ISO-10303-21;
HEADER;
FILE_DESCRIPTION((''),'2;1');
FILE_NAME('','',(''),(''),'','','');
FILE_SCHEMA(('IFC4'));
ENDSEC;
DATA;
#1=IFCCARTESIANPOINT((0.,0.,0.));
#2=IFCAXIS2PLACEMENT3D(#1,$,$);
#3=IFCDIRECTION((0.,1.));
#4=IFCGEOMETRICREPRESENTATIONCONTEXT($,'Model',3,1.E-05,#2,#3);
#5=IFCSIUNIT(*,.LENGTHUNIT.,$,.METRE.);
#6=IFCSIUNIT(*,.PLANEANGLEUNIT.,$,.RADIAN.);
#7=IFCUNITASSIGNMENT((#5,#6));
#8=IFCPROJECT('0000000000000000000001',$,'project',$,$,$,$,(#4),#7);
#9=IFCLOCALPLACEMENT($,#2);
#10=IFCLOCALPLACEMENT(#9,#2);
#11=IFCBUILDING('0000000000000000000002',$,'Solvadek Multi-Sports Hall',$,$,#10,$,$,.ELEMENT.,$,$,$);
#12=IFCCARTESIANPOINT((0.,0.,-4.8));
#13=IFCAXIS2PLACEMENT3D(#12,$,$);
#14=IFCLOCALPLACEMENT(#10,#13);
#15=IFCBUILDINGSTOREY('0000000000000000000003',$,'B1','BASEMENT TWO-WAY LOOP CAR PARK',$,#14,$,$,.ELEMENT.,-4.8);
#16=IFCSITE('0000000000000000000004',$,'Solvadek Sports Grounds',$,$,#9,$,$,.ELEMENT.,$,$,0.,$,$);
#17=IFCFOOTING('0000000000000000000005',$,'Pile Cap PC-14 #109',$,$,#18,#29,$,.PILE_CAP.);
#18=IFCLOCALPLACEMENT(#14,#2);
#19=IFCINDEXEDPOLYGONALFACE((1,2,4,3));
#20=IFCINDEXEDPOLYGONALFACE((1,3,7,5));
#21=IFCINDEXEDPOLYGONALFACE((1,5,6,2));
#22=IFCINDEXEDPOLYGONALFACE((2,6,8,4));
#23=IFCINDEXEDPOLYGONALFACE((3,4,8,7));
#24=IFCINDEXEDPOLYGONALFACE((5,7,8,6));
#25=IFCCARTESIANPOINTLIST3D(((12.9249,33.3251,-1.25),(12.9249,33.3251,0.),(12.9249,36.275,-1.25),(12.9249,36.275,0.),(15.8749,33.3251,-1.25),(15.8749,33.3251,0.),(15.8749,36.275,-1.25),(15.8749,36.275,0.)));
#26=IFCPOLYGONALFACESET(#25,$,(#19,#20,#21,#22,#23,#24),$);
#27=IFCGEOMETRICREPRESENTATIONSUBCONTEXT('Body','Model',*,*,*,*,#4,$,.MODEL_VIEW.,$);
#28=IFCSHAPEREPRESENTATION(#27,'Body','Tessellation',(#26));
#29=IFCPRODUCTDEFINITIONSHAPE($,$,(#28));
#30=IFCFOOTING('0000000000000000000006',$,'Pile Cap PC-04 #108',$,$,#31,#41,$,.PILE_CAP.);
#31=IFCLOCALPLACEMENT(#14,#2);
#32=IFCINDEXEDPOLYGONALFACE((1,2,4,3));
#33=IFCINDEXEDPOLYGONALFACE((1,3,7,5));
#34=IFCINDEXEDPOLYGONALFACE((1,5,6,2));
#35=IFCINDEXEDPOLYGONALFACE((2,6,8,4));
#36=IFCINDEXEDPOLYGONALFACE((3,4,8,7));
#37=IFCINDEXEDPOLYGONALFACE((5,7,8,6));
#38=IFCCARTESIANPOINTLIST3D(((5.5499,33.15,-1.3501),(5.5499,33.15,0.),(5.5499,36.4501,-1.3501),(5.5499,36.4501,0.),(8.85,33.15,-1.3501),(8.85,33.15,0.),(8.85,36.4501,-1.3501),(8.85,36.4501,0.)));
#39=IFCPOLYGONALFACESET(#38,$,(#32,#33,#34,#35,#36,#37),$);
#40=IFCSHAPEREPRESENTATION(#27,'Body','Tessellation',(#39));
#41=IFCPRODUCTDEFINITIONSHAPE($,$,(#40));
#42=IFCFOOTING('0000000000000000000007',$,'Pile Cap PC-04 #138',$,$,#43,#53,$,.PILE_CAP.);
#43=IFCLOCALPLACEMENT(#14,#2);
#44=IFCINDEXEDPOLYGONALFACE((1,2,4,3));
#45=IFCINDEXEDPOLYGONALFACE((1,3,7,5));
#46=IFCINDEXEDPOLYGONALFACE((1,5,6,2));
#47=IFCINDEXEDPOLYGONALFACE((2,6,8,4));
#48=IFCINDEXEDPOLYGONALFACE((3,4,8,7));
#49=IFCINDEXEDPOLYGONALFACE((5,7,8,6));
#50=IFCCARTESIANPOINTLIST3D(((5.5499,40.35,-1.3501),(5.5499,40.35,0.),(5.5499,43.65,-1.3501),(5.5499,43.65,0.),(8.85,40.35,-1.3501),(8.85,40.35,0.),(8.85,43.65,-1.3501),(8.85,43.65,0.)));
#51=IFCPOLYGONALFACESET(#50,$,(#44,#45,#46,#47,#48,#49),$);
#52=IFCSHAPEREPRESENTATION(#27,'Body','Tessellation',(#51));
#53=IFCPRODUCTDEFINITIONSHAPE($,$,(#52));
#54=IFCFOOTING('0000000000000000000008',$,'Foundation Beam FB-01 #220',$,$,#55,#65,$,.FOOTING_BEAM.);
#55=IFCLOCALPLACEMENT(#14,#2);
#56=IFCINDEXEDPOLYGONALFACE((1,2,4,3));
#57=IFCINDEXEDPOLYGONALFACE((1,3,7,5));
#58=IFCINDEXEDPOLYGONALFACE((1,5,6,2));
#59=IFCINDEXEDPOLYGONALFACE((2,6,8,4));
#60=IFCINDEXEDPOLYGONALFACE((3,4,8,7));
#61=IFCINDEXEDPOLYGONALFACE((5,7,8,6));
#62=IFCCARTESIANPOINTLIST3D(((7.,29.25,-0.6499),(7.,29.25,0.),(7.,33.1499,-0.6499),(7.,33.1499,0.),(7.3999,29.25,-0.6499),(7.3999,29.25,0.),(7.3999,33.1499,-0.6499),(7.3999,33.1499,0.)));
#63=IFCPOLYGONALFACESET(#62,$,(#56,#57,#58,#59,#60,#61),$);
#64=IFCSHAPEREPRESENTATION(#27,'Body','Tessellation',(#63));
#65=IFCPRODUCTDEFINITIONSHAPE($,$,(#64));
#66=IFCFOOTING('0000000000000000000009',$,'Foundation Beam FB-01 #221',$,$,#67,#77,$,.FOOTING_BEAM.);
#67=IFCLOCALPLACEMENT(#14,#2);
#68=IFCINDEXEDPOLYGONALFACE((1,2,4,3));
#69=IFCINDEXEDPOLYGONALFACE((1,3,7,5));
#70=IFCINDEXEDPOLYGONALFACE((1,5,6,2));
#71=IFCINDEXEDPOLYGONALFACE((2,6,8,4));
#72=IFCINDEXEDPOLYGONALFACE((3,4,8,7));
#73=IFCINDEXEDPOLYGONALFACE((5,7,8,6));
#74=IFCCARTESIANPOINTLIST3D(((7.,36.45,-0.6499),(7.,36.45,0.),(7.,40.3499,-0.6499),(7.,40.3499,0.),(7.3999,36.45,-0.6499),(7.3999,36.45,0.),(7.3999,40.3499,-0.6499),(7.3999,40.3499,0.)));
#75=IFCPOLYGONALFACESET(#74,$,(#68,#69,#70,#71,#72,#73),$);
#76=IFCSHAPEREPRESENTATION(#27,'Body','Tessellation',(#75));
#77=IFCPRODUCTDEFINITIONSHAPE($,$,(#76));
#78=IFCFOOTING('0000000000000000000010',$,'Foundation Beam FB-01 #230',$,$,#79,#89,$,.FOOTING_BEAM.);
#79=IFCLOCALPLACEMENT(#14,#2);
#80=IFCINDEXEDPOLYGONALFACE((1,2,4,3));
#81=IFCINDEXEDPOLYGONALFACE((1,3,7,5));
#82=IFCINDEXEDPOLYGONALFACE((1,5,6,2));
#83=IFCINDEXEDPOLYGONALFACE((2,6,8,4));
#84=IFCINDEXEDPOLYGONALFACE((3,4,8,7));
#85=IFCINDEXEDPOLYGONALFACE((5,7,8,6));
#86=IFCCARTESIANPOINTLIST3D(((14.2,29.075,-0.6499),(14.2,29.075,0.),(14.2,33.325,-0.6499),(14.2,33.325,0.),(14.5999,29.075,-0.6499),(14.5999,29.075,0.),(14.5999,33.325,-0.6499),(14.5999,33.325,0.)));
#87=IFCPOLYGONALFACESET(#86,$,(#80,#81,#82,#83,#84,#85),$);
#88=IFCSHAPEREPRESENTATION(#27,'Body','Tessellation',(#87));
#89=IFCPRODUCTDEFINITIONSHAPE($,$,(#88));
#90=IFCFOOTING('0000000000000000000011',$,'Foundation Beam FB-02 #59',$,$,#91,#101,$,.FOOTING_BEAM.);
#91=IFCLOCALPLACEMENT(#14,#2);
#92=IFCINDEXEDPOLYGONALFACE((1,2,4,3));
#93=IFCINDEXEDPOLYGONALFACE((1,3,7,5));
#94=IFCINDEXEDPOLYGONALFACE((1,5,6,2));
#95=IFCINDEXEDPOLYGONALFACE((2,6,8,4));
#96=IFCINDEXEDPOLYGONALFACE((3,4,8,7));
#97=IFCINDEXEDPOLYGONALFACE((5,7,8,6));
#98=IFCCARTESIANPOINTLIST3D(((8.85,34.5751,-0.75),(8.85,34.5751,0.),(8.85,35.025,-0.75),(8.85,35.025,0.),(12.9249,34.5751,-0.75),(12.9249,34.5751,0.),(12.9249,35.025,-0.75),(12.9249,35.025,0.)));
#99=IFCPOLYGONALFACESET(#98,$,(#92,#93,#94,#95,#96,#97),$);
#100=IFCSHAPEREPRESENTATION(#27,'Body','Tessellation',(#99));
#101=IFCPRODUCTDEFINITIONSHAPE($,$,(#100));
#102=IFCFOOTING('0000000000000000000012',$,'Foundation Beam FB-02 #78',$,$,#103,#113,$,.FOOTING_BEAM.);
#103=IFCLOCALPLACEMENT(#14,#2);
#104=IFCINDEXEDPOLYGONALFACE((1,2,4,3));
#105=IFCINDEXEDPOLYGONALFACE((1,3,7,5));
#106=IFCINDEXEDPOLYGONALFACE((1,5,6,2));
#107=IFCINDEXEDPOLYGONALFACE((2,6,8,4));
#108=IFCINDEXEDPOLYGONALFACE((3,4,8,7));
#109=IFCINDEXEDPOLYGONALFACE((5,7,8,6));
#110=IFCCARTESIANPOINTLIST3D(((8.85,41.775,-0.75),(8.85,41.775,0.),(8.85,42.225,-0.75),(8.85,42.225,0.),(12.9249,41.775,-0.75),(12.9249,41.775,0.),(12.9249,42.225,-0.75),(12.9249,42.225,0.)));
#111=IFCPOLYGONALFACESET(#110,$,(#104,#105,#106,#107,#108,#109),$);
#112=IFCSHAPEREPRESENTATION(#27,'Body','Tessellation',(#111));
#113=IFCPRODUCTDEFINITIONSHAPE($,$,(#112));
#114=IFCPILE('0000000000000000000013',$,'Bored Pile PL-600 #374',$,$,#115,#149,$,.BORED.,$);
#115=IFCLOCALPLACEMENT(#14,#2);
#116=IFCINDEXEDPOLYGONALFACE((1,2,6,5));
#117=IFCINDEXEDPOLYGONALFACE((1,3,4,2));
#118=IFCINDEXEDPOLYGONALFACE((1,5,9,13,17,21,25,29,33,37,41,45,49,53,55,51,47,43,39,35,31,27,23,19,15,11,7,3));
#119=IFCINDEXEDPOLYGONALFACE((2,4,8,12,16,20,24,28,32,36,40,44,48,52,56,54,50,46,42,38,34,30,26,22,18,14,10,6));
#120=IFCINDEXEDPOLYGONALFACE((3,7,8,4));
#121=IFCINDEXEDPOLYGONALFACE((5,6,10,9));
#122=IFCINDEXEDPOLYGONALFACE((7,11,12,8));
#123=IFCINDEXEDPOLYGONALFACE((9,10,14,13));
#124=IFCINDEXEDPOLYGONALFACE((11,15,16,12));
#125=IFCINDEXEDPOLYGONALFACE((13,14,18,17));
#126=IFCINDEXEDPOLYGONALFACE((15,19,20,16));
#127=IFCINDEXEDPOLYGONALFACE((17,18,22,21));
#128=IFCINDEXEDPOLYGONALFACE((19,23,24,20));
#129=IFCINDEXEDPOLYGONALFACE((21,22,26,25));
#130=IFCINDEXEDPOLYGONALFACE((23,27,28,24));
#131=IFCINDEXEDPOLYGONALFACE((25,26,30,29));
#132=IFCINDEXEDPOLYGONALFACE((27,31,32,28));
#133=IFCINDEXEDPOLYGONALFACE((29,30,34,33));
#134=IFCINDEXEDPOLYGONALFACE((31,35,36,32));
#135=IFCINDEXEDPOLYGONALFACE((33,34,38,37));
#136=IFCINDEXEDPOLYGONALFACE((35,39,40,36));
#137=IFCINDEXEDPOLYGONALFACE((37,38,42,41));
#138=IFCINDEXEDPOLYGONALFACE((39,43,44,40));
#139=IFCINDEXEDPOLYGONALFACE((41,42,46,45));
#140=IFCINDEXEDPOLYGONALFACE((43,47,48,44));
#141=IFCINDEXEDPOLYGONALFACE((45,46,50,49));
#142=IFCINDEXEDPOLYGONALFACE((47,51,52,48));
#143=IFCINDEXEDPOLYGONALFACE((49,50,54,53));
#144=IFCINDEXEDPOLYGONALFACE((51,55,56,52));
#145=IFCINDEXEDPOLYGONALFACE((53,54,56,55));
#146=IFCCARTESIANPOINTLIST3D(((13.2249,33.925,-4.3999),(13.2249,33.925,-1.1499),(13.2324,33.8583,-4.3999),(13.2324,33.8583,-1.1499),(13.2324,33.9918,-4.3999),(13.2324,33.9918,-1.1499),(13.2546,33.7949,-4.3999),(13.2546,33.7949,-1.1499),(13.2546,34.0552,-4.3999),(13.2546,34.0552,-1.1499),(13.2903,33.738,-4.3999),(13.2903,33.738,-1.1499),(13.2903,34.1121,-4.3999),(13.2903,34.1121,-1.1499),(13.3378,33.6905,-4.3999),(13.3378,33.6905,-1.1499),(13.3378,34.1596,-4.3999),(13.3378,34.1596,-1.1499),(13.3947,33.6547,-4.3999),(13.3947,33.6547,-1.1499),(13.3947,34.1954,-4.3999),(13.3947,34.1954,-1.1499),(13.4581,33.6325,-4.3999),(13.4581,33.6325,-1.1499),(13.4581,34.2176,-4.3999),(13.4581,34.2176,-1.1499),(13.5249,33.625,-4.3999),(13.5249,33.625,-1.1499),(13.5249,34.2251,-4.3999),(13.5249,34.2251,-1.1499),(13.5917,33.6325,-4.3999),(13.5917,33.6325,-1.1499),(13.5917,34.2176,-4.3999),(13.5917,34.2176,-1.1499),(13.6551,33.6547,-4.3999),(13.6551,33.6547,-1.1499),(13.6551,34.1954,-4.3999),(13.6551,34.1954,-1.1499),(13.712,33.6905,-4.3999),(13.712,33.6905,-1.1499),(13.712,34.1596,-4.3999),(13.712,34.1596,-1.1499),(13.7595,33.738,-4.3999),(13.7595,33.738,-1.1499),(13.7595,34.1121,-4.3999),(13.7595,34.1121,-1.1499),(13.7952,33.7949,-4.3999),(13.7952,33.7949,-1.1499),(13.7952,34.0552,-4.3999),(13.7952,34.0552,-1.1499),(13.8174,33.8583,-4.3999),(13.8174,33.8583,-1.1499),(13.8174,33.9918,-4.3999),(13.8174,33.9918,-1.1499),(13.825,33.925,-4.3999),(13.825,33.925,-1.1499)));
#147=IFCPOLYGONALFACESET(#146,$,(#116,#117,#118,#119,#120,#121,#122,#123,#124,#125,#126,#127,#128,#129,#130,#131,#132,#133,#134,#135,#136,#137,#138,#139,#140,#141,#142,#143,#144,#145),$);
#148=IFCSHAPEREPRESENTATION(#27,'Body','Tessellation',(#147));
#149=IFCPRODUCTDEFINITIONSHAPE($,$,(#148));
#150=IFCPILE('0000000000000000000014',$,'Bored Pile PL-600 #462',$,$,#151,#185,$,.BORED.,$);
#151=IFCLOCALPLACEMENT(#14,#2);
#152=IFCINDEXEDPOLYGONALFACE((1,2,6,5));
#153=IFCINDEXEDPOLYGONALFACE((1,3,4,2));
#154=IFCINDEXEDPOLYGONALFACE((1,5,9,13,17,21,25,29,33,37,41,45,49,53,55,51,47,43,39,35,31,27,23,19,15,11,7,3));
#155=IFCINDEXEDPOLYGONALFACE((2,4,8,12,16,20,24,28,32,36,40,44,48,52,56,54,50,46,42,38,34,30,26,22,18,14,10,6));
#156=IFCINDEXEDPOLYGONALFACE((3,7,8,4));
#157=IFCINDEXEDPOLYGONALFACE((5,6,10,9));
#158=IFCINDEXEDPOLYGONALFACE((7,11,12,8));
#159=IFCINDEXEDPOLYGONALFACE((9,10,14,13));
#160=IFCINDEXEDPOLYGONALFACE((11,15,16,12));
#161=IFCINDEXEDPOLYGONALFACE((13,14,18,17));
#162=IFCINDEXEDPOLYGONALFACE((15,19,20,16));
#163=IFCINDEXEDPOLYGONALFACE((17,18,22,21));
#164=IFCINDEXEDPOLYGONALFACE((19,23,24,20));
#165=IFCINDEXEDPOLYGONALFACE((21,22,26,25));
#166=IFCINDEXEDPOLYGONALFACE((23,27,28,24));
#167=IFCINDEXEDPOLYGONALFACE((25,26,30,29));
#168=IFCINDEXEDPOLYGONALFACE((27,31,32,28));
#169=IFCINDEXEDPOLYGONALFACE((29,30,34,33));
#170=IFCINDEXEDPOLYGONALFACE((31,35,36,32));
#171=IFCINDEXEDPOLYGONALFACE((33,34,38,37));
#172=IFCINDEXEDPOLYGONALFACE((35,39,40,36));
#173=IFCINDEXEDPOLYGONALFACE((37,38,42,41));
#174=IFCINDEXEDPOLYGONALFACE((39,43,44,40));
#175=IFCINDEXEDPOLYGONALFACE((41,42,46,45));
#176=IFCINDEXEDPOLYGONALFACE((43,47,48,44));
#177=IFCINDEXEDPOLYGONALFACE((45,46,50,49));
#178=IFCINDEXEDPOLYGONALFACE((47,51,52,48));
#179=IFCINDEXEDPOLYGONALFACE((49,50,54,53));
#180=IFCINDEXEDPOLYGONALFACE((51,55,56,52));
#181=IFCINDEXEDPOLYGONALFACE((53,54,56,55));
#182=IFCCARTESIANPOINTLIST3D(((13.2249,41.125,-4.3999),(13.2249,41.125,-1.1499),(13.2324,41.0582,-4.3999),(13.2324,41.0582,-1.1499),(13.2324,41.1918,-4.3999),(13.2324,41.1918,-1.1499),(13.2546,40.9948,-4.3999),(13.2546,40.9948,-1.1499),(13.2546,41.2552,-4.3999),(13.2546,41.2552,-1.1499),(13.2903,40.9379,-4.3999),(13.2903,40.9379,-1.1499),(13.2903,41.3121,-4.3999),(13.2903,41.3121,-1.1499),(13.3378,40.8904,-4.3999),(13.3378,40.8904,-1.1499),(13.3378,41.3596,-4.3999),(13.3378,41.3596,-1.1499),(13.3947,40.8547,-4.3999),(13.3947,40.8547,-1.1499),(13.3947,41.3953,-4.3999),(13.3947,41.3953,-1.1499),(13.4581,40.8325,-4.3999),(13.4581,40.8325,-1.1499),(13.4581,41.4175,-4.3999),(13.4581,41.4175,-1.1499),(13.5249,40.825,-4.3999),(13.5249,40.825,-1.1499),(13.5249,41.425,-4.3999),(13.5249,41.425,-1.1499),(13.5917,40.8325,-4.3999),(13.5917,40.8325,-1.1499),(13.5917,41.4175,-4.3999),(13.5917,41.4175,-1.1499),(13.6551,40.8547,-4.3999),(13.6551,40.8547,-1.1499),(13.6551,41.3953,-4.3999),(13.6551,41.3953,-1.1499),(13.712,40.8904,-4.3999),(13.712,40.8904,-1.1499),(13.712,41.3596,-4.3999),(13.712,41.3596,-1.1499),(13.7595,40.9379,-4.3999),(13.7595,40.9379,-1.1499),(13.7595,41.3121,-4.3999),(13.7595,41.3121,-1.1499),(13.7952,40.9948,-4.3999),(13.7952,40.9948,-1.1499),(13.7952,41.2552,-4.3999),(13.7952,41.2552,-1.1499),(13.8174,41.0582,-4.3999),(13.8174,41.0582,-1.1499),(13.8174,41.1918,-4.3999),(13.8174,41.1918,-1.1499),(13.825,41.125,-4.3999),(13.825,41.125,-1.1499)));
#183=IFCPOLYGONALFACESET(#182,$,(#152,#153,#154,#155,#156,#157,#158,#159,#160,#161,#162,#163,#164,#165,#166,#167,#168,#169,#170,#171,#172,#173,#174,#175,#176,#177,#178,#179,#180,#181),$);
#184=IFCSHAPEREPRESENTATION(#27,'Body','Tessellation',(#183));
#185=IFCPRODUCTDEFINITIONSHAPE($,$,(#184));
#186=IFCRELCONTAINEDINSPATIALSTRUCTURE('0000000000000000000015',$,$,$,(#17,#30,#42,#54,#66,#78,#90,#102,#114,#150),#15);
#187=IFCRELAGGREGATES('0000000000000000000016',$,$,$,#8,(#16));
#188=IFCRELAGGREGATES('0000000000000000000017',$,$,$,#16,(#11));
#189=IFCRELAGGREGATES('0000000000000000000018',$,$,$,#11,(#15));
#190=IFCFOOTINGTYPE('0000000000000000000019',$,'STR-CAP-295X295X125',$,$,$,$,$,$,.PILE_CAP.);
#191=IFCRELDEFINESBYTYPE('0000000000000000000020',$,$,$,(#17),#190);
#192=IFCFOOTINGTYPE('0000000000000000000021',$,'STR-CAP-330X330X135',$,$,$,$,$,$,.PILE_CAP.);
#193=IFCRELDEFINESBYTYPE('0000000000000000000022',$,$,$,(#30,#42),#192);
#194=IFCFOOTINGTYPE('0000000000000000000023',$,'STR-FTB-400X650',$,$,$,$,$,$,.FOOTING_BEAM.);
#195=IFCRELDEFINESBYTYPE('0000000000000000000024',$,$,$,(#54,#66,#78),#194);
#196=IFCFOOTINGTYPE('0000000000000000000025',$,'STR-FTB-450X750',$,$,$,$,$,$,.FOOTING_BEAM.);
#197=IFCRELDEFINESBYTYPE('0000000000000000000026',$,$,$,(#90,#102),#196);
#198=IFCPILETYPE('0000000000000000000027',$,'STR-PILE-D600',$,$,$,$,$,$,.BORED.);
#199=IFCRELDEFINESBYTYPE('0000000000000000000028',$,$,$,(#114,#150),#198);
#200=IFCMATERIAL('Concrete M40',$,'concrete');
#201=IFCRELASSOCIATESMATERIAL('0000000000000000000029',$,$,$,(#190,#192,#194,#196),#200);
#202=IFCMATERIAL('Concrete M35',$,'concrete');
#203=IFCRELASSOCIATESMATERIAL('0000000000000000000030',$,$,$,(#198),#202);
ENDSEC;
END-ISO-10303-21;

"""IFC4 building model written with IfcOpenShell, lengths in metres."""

from ifc_helpers import new_model, si_unit, direction, frame, origin, origin_2d, place, context, subcontext, project, spatial, rectangle, circle, extrude, material, material_profile, profile_set, type_object, element, save


model = new_model("IFC4")

# Units and contexts
model_context = context("Model", 3, precision=1e-05, world=origin(), true_north=direction((0.0, 1.0)))
body_context = subcontext(model_context, "Body", "Model", "MODEL_VIEW")
ifc_project = project(units=[si_unit("LENGTHUNIT", "METRE"), si_unit("PLANEANGLEUNIT", "RADIAN")], contexts=[model_context])

# Site, building, storey
site_placement = place(None, origin())
site = spatial("IfcSite", under=ifc_project, at=site_placement, Name="Solvadek Sports Grounds", CompositionType="ELEMENT", RefElevation=0.0)
building_placement = place(site_placement, origin())
building = spatial("IfcBuilding", under=site, at=building_placement, Name="Solvadek Multi-Sports Hall", CompositionType="ELEMENT")
storey_placement = place(building_placement, frame((0.0, 0.0, -4.8)))
storey = spatial("IfcBuildingStorey", under=building, at=storey_placement, Name="B1", Description="BASEMENT TWO-WAY LOOP CAR PARK", CompositionType="ELEMENT", Elevation=-4.8)

# Footings
ifc_material_1 = material(Name="Concrete M40", Category="concrete")
footing_type_1 = type_object("IfcFootingType", Name="STR-CAP-295X295X125", PredefinedType="PILE_CAP", material=ifc_material_1)
footing_1_placement = place(storey_placement, frame((14.3999, 34.8, -1.25), z_axis=(0.0, 0.0, 1.0), x_axis=(1.0, 0.0, 0.0)))
element("IfcFooting", 1, at=footing_1_placement, inside=storey, type_object=footing_type_1, Name="Pile Cap PC-14 #109", PredefinedType="PILE_CAP", context=body_context, shape_type="SweptSolid", body=[
    extrude(rectangle(XDim=2.95, YDim=2.95, at=origin_2d()), origin(), (0.0, 0.0, 1.0), 1.25),
])
footing_type_2 = type_object("IfcFootingType", Name="STR-CAP-330X330X135", PredefinedType="PILE_CAP", material=ifc_material_1)
for number, where, z_axis, x_axis, name in (
    (2, (7.2, 34.8, -1.3501), (0.0, 0.0, 1.0), (1.0, 0.0, 0.0), "Pile Cap PC-04 #108"),
    (3, (7.2, 42.0, -1.3501), (0.0, 0.0, 1.0), (1.0, 0.0, 0.0), "Pile Cap PC-04 #138"),
):
    element("IfcFooting", number, at=place(storey_placement, frame(where, z_axis=z_axis, x_axis=x_axis)), inside=storey, type_object=footing_type_2, Name=name, PredefinedType="PILE_CAP", context=body_context, shape_type="SweptSolid", body=[
        extrude(rectangle(XDim=3.3, YDim=3.3, at=origin_2d()), origin(), (0.0, 0.0, 1.0), 1.3501),
    ])
footing_type_3 = type_object("IfcFootingType", Name="STR-FTB-400X650", PredefinedType="FOOTING_BEAM", material=ifc_material_1)
for number, where, z_axis, x_axis, name in (
    (4, (7.2, 31.2, -0.6499), (0.0, 0.0, 1.0), (0.0, 1.0, 0.0), "Foundation Beam FB-01 #220"),
    (5, (7.2, 38.3999, -0.6499), (0.0, 0.0, 1.0), (0.0, 1.0, 0.0), "Foundation Beam FB-01 #221"),
):
    element("IfcFooting", number, at=place(storey_placement, frame(where, z_axis=z_axis, x_axis=x_axis)), inside=storey, type_object=footing_type_3, Name=name, PredefinedType="FOOTING_BEAM", context=body_context, shape_type="SweptSolid", body=[
        extrude(rectangle(XDim=3.8999, YDim=0.3999, at=origin_2d()), origin(), (0.0, 0.0, 1.0), 0.6499),
    ])
footing_2_placement = place(storey_placement, frame((14.3999, 31.2, -0.6499), z_axis=(0.0, 0.0, 1.0), x_axis=(0.0, 1.0, 0.0)))
element("IfcFooting", 6, at=footing_2_placement, inside=storey, type_object=footing_type_3, Name="Foundation Beam FB-01 #230", PredefinedType="FOOTING_BEAM", context=body_context, shape_type="SweptSolid", body=[
    extrude(rectangle(XDim=4.25, YDim=0.3999, at=origin_2d()), origin(), (0.0, 0.0, 1.0), 0.6499),
])
footing_type_4 = type_object("IfcFootingType", Name="STR-FTB-450X750", PredefinedType="FOOTING_BEAM", material=ifc_material_1)
for number, where, z_axis, x_axis, name in (
    (7, (10.8875, 34.8, -0.75), (0.0, 0.0, 1.0), (1.0, 0.0, 0.0), "Foundation Beam FB-02 #59"),
    (8, (10.8875, 42.0, -0.75), (0.0, 0.0, 1.0), (1.0, 0.0, 0.0), "Foundation Beam FB-02 #78"),
):
    element("IfcFooting", number, at=place(storey_placement, frame(where, z_axis=z_axis, x_axis=x_axis)), inside=storey, type_object=footing_type_4, Name=name, PredefinedType="FOOTING_BEAM", context=body_context, shape_type="SweptSolid", body=[
        extrude(rectangle(XDim=4.075, YDim=0.45, at=origin_2d()), origin(), (0.0, 0.0, 1.0), 0.75),
    ])

# Piles
ifc_material_2 = material(Name="Concrete M35", Category="concrete")
ifc_material_profile_1 = material_profile(ifc_material_2, circle(Radius=0.3, at=origin_2d()), Name="BORED PILE D600")
ifc_profile_set_1 = profile_set([ifc_material_profile_1], Name="Concrete M35")
pile_type_1 = type_object("IfcPileType", Name="STR-PILE-D600", PredefinedType="BORED", material=ifc_profile_set_1)
for number, where, z_axis, x_axis, name in (
    (9, (13.5249, 33.925, -1.1499), (0.0, 0.0, -1.0), (1.0, 0.0, 0.0), "Bored Pile PL-600 #374"),
    (10, (13.5249, 41.125, -1.1499), (0.0, 0.0, -1.0), (1.0, 0.0, 0.0), "Bored Pile PL-600 #462"),
):
    element("IfcPile", number, at=place(storey_placement, frame(where, z_axis=z_axis, x_axis=x_axis)), inside=storey, type_object=pile_type_1, Name=name, PredefinedType="BORED", context=body_context, shape_type="SweptSolid", body=[
        extrude(circle(Radius=0.3, at=origin_2d()), origin(), (0.0, 0.0, 1.0), 3.25),
    ])

save(model, "model.ifc")
